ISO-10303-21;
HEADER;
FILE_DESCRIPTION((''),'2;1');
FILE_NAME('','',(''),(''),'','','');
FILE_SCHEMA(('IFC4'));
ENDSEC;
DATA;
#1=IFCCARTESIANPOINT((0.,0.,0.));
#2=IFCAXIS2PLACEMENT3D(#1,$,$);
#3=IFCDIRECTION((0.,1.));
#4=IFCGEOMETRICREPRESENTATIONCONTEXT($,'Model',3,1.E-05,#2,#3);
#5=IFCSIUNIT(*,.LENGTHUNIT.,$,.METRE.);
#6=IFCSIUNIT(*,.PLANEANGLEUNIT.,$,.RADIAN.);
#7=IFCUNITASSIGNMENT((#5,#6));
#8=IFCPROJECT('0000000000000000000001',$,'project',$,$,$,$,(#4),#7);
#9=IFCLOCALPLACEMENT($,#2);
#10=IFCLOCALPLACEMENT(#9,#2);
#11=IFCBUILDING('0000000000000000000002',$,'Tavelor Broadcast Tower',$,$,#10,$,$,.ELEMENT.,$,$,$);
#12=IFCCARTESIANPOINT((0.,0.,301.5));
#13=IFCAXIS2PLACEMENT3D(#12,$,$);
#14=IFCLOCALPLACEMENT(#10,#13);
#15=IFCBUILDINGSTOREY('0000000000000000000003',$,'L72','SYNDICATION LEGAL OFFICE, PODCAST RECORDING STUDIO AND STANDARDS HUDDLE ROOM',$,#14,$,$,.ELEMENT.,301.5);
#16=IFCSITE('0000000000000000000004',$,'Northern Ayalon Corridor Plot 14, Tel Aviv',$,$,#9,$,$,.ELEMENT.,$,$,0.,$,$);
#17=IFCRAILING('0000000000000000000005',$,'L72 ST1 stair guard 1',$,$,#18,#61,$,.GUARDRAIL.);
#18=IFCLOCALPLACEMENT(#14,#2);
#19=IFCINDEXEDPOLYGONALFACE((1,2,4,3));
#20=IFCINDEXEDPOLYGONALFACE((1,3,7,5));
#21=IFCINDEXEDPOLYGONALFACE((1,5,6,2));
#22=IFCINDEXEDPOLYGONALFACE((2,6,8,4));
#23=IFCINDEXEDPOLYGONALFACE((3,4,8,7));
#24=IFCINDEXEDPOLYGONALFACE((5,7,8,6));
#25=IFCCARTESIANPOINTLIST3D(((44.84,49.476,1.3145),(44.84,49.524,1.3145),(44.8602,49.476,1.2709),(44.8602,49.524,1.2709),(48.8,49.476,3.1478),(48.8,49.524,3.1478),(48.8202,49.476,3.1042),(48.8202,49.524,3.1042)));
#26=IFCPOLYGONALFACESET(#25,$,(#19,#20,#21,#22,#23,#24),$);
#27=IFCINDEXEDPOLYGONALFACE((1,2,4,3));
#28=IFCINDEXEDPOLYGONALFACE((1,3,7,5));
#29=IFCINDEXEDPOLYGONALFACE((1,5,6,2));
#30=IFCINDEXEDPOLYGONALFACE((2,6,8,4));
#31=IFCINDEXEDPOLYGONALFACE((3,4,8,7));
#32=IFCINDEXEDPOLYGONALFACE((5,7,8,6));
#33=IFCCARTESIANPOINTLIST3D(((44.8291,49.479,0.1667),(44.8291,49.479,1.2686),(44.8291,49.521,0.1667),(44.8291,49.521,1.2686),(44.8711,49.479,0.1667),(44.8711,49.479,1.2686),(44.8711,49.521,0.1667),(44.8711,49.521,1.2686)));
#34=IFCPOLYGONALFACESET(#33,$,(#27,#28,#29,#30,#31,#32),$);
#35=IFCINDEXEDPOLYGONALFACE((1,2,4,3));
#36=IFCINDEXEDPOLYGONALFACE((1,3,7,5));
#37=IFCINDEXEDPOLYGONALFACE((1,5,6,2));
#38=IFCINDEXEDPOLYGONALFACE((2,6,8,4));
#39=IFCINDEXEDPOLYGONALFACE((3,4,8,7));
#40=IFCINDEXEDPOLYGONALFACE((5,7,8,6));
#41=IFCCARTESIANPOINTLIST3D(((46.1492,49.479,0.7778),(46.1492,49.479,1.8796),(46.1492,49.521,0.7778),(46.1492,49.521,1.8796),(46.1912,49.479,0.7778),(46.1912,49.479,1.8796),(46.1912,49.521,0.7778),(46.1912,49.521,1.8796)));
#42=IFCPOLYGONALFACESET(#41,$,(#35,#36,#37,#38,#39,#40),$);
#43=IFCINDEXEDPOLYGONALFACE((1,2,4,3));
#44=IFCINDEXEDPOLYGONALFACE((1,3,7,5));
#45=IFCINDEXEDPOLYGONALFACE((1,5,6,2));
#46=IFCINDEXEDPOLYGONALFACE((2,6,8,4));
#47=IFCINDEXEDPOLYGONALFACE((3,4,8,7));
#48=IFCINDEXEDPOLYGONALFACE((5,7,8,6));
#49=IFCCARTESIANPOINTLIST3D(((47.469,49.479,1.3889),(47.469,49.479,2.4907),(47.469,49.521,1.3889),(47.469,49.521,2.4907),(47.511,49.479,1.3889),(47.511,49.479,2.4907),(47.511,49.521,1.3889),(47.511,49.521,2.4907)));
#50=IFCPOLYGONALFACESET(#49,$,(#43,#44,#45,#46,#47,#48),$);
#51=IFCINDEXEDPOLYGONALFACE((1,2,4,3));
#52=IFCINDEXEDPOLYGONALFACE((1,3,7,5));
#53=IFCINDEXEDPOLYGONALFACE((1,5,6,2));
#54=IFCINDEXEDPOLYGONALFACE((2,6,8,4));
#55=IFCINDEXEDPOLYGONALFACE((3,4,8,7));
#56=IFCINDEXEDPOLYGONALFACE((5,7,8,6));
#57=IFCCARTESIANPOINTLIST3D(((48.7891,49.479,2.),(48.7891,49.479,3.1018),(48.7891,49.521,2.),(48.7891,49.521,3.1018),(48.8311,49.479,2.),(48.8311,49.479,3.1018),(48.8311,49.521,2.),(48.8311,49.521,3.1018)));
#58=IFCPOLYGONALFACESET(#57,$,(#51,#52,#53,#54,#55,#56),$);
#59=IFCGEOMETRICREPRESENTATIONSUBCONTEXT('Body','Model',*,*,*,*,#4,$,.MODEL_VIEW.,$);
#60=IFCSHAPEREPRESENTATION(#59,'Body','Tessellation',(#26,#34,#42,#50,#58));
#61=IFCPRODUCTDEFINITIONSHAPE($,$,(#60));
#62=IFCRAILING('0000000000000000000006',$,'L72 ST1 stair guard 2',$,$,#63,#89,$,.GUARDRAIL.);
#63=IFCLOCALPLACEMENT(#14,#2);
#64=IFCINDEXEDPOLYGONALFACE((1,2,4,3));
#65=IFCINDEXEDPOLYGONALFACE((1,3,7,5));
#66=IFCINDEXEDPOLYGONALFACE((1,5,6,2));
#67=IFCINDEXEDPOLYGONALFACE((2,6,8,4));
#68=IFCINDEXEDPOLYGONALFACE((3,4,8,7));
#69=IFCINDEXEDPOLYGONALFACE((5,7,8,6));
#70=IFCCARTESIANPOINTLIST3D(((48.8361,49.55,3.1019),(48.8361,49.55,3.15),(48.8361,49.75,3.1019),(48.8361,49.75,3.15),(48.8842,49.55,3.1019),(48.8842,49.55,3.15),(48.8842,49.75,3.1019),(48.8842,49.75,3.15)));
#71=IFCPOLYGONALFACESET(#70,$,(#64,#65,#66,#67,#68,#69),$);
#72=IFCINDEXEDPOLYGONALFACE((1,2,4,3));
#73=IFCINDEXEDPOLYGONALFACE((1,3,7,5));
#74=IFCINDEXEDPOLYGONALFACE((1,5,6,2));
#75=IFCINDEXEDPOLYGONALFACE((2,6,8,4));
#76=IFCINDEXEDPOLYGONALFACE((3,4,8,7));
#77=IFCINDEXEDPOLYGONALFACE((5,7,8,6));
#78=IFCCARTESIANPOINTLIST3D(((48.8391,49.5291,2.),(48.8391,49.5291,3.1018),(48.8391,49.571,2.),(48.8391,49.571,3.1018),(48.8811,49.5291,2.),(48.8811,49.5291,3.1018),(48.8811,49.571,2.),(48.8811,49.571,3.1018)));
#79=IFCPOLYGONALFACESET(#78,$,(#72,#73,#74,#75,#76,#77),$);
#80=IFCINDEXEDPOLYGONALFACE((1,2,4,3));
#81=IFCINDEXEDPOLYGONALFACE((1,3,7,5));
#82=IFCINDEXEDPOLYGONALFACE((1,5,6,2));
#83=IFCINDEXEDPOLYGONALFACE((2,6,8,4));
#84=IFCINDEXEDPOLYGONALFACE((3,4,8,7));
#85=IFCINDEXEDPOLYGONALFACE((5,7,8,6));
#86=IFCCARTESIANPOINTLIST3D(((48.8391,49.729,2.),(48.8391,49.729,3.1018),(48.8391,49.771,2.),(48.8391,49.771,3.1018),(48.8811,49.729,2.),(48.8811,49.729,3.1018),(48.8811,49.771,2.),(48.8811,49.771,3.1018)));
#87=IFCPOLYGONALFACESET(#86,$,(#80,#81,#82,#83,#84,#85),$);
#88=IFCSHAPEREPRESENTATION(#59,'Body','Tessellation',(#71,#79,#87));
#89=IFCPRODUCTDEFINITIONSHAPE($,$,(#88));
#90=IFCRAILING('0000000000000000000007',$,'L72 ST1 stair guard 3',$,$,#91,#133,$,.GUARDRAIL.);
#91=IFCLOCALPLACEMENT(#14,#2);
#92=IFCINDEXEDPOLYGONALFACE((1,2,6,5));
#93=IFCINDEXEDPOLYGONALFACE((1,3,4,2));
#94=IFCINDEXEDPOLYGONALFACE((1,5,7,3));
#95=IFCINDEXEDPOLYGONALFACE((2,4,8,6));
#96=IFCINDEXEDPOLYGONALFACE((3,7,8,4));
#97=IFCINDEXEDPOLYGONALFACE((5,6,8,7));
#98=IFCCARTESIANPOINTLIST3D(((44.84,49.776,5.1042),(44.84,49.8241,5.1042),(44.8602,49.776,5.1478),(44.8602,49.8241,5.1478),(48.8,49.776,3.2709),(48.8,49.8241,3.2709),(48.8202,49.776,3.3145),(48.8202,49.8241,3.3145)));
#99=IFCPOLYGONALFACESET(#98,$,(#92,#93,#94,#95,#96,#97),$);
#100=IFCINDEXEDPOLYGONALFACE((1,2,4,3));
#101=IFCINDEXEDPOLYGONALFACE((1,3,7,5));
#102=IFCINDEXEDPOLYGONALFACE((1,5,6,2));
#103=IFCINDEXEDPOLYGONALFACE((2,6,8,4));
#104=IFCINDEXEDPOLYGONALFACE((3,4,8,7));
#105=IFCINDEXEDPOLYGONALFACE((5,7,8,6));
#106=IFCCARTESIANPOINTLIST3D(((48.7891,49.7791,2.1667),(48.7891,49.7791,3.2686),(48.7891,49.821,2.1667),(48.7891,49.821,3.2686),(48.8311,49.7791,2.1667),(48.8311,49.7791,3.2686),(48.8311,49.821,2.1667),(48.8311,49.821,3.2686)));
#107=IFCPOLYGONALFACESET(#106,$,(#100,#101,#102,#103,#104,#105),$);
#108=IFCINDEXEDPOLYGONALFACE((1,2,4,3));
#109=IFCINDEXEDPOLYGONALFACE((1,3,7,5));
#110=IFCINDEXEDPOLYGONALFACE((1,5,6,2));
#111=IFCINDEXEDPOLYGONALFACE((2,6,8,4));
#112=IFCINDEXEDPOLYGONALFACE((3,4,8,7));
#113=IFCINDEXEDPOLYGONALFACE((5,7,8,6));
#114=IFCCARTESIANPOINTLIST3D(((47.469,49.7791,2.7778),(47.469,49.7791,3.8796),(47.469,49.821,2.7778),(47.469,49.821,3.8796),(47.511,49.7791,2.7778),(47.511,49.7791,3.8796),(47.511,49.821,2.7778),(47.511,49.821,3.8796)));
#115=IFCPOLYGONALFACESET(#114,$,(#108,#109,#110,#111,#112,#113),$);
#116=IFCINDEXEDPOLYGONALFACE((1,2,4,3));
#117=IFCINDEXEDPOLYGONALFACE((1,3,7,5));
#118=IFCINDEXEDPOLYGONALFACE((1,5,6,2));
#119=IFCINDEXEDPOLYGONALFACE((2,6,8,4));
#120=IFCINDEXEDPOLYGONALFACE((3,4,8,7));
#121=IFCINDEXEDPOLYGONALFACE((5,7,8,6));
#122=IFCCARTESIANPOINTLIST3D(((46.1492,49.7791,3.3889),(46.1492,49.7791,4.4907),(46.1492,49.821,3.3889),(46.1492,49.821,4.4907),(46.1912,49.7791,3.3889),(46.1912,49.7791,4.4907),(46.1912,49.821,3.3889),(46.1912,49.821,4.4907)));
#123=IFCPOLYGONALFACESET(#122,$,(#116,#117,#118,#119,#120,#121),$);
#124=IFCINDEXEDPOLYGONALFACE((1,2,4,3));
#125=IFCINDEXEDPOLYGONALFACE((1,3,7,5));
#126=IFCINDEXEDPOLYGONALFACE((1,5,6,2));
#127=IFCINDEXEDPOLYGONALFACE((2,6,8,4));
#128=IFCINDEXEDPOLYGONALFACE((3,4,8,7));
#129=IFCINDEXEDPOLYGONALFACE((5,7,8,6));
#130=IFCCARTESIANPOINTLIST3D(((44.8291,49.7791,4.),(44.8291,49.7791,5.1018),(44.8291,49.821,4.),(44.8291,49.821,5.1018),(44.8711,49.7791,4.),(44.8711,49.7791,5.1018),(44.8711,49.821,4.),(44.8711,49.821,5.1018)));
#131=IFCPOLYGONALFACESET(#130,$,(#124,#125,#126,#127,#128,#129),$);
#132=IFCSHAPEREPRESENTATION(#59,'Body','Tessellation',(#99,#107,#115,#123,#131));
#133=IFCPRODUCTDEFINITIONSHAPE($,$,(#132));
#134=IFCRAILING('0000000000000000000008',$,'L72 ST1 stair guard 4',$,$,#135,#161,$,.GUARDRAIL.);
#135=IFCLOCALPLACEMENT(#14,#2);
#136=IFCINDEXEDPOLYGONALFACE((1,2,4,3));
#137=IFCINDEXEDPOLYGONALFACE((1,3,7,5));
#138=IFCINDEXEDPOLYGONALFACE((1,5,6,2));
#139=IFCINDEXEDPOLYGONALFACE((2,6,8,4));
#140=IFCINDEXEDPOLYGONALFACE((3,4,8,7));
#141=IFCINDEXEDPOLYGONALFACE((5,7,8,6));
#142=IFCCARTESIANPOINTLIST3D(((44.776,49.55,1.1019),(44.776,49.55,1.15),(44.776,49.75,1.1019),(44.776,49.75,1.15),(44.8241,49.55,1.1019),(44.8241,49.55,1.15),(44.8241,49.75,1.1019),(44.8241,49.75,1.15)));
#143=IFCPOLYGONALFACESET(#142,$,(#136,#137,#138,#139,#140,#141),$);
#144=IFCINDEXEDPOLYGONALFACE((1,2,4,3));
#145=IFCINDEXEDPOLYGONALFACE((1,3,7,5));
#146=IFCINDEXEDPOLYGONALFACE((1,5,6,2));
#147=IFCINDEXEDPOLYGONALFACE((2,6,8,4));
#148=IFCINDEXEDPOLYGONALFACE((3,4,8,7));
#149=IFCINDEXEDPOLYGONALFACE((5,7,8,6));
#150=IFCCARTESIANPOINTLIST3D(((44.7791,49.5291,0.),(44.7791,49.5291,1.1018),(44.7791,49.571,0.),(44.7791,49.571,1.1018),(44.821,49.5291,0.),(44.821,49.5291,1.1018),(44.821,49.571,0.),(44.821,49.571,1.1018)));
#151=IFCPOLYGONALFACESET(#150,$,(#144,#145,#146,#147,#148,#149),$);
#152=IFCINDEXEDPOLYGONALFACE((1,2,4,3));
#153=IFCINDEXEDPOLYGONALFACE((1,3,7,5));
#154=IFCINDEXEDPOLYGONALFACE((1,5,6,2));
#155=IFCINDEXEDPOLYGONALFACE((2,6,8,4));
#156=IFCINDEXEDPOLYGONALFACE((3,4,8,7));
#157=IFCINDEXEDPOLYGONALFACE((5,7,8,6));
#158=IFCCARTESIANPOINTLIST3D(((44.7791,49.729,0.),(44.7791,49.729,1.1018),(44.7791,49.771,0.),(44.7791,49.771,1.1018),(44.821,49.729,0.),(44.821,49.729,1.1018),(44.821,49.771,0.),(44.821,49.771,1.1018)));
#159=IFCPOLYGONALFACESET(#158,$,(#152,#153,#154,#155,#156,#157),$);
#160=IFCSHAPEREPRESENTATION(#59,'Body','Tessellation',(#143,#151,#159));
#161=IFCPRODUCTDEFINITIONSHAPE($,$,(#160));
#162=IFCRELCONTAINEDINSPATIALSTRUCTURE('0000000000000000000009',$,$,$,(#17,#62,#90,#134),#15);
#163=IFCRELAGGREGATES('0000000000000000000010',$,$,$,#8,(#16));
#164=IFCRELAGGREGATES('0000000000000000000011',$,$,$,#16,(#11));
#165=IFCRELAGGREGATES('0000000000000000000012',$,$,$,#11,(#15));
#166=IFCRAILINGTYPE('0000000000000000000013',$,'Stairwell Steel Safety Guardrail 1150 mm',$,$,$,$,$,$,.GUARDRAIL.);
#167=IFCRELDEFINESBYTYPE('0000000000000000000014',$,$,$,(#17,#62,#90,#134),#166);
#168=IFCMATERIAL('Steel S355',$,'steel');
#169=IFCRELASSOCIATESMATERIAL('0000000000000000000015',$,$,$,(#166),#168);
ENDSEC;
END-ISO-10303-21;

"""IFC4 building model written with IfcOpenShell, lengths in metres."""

from ifc_helpers import new_model, si_unit, direction, frame, origin, origin_2d, place, context, subcontext, project, spatial, rectangle, extrude, material, type_object, element, save


model = new_model("IFC4")

# Units and contexts
model_context = context("Model", 3, precision=1e-05, world=origin(), true_north=direction((0.0, 1.0)))
body_context = subcontext(model_context, "Body", "Model", "MODEL_VIEW")
ifc_project = project(units=[si_unit("LENGTHUNIT", "METRE"), si_unit("PLANEANGLEUNIT", "RADIAN")], contexts=[model_context])

# Site, building, storey
site_placement = place(None, origin())
site = spatial("IfcSite", under=ifc_project, at=site_placement, Name="Northern Ayalon Corridor Plot 14, Tel Aviv", CompositionType="ELEMENT", RefElevation=0.0)
building_placement = place(site_placement, origin())
building = spatial("IfcBuilding", under=site, at=building_placement, Name="Tavelor Broadcast Tower", CompositionType="ELEMENT")
storey_placement = place(building_placement, frame((0.0, 0.0, 301.5)))
storey = spatial("IfcBuildingStorey", under=building, at=storey_placement, Name="L72", Description="SYNDICATION LEGAL OFFICE, PODCAST RECORDING STUDIO AND STANDARDS HUDDLE ROOM", CompositionType="ELEMENT", Elevation=301.5)

# Shared definitions
ifc_material_1 = material(Name="Steel S355", Category="steel")

# Railings
railing_type_1 = type_object("IfcRailingType", Name="Stairwell Steel Safety Guardrail 1150 mm", PredefinedType="GUARDRAIL", material=ifc_material_1)
railing_1_placement = place(storey_placement, frame((44.8501, 49.5, 0.1667)))
element("IfcRailing", 1, at=railing_1_placement, inside=storey, type_object=railing_type_1, Name="L72 ST1 stair guard 1", PredefinedType="GUARDRAIL", context=body_context, shape_type="SweptSolid", body=[
    extrude(rectangle(XDim=0.0481, YDim=0.0481, at=origin_2d()), frame((0.0, 0.0, 1.126), z_axis=(0.907472, 0.0, 0.420112), x_axis=(0.0, 1.0, 0.0)), (0.0, 0.0, 1.0), 4.3638),
    extrude(rectangle(XDim=0.042, YDim=0.042, at=origin_2d()), origin(), (0.0, 0.0, 1.0), 1.1018),
    extrude(rectangle(XDim=0.042, YDim=0.042, at=origin_2d()), frame((1.3201, 0.0, 0.6111)), (0.0, 0.0, 1.0), 1.1018),
    extrude(rectangle(XDim=0.042, YDim=0.042, at=origin_2d()), frame((2.6399, 0.0, 1.2222)), (0.0, 0.0, 1.0), 1.1018),
    extrude(rectangle(XDim=0.042, YDim=0.042, at=origin_2d()), frame((3.96, 0.0, 1.8333)), (0.0, 0.0, 1.0), 1.1018),
])
railing_2_placement = place(storey_placement, frame((48.8601, 49.55, 2.0)))
element("IfcRailing", 2, at=railing_2_placement, inside=storey, type_object=railing_type_1, Name="L72 ST1 stair guard 2", PredefinedType="GUARDRAIL", context=body_context, shape_type="SweptSolid", body=[
    extrude(rectangle(XDim=0.0481, YDim=0.0481, at=origin_2d()), frame((0.0, 0.0, 1.126), z_axis=(0.0, 1.0, 0.0), x_axis=(-1.0, 0.0, 0.0)), (0.0, 0.0, 1.0), 0.2),
    extrude(rectangle(XDim=0.042, YDim=0.042, at=origin_2d()), origin(), (0.0, 0.0, 1.0), 1.1018),
    extrude(rectangle(XDim=0.042, YDim=0.042, at=origin_2d()), frame((0.0, 0.2, 0.0)), (0.0, 0.0, 1.0), 1.1018),
])
railing_3_placement = place(storey_placement, frame((48.8101, 49.8, 2.1667)))
element("IfcRailing", 3, at=railing_3_placement, inside=storey, type_object=railing_type_1, Name="L72 ST1 stair guard 3", PredefinedType="GUARDRAIL", context=body_context, shape_type="SweptSolid", body=[
    extrude(rectangle(XDim=0.0481, YDim=0.0481, at=origin_2d()), frame((0.0, 0.0, 1.126), z_axis=(-0.907472, 0.0, 0.420112), x_axis=(0.0, -1.0, 0.0)), (0.0, 0.0, 1.0), 4.3638),
    extrude(rectangle(XDim=0.042, YDim=0.042, at=origin_2d()), origin(), (0.0, 0.0, 1.0), 1.1018),
    extrude(rectangle(XDim=0.042, YDim=0.042, at=origin_2d()), frame((-1.3201, 0.0, 0.6111)), (0.0, 0.0, 1.0), 1.1018),
    extrude(rectangle(XDim=0.042, YDim=0.042, at=origin_2d()), frame((-2.6399, 0.0, 1.2222)), (0.0, 0.0, 1.0), 1.1018),
    extrude(rectangle(XDim=0.042, YDim=0.042, at=origin_2d()), frame((-3.96, 0.0, 1.8333)), (0.0, 0.0, 1.0), 1.1018),
])
railing_4_placement = place(storey_placement, frame((44.8, 49.55, 0.0)))
element("IfcRailing", 4, at=railing_4_placement, inside=storey, type_object=railing_type_1, Name="L72 ST1 stair guard 4", PredefinedType="GUARDRAIL", context=body_context, shape_type="SweptSolid", body=[
    extrude(rectangle(XDim=0.0481, YDim=0.0481, at=origin_2d()), frame((0.0, 0.0, 1.126), z_axis=(0.0, 1.0, 0.0), x_axis=(-1.0, 0.0, 0.0)), (0.0, 0.0, 1.0), 0.2),
    extrude(rectangle(XDim=0.042, YDim=0.042, at=origin_2d()), origin(), (0.0, 0.0, 1.0), 1.1018),
    extrude(rectangle(XDim=0.042, YDim=0.042, at=origin_2d()), frame((0.0, 0.2, 0.0)), (0.0, 0.0, 1.0), 1.1018),
])

save(model, "model.ifc")
